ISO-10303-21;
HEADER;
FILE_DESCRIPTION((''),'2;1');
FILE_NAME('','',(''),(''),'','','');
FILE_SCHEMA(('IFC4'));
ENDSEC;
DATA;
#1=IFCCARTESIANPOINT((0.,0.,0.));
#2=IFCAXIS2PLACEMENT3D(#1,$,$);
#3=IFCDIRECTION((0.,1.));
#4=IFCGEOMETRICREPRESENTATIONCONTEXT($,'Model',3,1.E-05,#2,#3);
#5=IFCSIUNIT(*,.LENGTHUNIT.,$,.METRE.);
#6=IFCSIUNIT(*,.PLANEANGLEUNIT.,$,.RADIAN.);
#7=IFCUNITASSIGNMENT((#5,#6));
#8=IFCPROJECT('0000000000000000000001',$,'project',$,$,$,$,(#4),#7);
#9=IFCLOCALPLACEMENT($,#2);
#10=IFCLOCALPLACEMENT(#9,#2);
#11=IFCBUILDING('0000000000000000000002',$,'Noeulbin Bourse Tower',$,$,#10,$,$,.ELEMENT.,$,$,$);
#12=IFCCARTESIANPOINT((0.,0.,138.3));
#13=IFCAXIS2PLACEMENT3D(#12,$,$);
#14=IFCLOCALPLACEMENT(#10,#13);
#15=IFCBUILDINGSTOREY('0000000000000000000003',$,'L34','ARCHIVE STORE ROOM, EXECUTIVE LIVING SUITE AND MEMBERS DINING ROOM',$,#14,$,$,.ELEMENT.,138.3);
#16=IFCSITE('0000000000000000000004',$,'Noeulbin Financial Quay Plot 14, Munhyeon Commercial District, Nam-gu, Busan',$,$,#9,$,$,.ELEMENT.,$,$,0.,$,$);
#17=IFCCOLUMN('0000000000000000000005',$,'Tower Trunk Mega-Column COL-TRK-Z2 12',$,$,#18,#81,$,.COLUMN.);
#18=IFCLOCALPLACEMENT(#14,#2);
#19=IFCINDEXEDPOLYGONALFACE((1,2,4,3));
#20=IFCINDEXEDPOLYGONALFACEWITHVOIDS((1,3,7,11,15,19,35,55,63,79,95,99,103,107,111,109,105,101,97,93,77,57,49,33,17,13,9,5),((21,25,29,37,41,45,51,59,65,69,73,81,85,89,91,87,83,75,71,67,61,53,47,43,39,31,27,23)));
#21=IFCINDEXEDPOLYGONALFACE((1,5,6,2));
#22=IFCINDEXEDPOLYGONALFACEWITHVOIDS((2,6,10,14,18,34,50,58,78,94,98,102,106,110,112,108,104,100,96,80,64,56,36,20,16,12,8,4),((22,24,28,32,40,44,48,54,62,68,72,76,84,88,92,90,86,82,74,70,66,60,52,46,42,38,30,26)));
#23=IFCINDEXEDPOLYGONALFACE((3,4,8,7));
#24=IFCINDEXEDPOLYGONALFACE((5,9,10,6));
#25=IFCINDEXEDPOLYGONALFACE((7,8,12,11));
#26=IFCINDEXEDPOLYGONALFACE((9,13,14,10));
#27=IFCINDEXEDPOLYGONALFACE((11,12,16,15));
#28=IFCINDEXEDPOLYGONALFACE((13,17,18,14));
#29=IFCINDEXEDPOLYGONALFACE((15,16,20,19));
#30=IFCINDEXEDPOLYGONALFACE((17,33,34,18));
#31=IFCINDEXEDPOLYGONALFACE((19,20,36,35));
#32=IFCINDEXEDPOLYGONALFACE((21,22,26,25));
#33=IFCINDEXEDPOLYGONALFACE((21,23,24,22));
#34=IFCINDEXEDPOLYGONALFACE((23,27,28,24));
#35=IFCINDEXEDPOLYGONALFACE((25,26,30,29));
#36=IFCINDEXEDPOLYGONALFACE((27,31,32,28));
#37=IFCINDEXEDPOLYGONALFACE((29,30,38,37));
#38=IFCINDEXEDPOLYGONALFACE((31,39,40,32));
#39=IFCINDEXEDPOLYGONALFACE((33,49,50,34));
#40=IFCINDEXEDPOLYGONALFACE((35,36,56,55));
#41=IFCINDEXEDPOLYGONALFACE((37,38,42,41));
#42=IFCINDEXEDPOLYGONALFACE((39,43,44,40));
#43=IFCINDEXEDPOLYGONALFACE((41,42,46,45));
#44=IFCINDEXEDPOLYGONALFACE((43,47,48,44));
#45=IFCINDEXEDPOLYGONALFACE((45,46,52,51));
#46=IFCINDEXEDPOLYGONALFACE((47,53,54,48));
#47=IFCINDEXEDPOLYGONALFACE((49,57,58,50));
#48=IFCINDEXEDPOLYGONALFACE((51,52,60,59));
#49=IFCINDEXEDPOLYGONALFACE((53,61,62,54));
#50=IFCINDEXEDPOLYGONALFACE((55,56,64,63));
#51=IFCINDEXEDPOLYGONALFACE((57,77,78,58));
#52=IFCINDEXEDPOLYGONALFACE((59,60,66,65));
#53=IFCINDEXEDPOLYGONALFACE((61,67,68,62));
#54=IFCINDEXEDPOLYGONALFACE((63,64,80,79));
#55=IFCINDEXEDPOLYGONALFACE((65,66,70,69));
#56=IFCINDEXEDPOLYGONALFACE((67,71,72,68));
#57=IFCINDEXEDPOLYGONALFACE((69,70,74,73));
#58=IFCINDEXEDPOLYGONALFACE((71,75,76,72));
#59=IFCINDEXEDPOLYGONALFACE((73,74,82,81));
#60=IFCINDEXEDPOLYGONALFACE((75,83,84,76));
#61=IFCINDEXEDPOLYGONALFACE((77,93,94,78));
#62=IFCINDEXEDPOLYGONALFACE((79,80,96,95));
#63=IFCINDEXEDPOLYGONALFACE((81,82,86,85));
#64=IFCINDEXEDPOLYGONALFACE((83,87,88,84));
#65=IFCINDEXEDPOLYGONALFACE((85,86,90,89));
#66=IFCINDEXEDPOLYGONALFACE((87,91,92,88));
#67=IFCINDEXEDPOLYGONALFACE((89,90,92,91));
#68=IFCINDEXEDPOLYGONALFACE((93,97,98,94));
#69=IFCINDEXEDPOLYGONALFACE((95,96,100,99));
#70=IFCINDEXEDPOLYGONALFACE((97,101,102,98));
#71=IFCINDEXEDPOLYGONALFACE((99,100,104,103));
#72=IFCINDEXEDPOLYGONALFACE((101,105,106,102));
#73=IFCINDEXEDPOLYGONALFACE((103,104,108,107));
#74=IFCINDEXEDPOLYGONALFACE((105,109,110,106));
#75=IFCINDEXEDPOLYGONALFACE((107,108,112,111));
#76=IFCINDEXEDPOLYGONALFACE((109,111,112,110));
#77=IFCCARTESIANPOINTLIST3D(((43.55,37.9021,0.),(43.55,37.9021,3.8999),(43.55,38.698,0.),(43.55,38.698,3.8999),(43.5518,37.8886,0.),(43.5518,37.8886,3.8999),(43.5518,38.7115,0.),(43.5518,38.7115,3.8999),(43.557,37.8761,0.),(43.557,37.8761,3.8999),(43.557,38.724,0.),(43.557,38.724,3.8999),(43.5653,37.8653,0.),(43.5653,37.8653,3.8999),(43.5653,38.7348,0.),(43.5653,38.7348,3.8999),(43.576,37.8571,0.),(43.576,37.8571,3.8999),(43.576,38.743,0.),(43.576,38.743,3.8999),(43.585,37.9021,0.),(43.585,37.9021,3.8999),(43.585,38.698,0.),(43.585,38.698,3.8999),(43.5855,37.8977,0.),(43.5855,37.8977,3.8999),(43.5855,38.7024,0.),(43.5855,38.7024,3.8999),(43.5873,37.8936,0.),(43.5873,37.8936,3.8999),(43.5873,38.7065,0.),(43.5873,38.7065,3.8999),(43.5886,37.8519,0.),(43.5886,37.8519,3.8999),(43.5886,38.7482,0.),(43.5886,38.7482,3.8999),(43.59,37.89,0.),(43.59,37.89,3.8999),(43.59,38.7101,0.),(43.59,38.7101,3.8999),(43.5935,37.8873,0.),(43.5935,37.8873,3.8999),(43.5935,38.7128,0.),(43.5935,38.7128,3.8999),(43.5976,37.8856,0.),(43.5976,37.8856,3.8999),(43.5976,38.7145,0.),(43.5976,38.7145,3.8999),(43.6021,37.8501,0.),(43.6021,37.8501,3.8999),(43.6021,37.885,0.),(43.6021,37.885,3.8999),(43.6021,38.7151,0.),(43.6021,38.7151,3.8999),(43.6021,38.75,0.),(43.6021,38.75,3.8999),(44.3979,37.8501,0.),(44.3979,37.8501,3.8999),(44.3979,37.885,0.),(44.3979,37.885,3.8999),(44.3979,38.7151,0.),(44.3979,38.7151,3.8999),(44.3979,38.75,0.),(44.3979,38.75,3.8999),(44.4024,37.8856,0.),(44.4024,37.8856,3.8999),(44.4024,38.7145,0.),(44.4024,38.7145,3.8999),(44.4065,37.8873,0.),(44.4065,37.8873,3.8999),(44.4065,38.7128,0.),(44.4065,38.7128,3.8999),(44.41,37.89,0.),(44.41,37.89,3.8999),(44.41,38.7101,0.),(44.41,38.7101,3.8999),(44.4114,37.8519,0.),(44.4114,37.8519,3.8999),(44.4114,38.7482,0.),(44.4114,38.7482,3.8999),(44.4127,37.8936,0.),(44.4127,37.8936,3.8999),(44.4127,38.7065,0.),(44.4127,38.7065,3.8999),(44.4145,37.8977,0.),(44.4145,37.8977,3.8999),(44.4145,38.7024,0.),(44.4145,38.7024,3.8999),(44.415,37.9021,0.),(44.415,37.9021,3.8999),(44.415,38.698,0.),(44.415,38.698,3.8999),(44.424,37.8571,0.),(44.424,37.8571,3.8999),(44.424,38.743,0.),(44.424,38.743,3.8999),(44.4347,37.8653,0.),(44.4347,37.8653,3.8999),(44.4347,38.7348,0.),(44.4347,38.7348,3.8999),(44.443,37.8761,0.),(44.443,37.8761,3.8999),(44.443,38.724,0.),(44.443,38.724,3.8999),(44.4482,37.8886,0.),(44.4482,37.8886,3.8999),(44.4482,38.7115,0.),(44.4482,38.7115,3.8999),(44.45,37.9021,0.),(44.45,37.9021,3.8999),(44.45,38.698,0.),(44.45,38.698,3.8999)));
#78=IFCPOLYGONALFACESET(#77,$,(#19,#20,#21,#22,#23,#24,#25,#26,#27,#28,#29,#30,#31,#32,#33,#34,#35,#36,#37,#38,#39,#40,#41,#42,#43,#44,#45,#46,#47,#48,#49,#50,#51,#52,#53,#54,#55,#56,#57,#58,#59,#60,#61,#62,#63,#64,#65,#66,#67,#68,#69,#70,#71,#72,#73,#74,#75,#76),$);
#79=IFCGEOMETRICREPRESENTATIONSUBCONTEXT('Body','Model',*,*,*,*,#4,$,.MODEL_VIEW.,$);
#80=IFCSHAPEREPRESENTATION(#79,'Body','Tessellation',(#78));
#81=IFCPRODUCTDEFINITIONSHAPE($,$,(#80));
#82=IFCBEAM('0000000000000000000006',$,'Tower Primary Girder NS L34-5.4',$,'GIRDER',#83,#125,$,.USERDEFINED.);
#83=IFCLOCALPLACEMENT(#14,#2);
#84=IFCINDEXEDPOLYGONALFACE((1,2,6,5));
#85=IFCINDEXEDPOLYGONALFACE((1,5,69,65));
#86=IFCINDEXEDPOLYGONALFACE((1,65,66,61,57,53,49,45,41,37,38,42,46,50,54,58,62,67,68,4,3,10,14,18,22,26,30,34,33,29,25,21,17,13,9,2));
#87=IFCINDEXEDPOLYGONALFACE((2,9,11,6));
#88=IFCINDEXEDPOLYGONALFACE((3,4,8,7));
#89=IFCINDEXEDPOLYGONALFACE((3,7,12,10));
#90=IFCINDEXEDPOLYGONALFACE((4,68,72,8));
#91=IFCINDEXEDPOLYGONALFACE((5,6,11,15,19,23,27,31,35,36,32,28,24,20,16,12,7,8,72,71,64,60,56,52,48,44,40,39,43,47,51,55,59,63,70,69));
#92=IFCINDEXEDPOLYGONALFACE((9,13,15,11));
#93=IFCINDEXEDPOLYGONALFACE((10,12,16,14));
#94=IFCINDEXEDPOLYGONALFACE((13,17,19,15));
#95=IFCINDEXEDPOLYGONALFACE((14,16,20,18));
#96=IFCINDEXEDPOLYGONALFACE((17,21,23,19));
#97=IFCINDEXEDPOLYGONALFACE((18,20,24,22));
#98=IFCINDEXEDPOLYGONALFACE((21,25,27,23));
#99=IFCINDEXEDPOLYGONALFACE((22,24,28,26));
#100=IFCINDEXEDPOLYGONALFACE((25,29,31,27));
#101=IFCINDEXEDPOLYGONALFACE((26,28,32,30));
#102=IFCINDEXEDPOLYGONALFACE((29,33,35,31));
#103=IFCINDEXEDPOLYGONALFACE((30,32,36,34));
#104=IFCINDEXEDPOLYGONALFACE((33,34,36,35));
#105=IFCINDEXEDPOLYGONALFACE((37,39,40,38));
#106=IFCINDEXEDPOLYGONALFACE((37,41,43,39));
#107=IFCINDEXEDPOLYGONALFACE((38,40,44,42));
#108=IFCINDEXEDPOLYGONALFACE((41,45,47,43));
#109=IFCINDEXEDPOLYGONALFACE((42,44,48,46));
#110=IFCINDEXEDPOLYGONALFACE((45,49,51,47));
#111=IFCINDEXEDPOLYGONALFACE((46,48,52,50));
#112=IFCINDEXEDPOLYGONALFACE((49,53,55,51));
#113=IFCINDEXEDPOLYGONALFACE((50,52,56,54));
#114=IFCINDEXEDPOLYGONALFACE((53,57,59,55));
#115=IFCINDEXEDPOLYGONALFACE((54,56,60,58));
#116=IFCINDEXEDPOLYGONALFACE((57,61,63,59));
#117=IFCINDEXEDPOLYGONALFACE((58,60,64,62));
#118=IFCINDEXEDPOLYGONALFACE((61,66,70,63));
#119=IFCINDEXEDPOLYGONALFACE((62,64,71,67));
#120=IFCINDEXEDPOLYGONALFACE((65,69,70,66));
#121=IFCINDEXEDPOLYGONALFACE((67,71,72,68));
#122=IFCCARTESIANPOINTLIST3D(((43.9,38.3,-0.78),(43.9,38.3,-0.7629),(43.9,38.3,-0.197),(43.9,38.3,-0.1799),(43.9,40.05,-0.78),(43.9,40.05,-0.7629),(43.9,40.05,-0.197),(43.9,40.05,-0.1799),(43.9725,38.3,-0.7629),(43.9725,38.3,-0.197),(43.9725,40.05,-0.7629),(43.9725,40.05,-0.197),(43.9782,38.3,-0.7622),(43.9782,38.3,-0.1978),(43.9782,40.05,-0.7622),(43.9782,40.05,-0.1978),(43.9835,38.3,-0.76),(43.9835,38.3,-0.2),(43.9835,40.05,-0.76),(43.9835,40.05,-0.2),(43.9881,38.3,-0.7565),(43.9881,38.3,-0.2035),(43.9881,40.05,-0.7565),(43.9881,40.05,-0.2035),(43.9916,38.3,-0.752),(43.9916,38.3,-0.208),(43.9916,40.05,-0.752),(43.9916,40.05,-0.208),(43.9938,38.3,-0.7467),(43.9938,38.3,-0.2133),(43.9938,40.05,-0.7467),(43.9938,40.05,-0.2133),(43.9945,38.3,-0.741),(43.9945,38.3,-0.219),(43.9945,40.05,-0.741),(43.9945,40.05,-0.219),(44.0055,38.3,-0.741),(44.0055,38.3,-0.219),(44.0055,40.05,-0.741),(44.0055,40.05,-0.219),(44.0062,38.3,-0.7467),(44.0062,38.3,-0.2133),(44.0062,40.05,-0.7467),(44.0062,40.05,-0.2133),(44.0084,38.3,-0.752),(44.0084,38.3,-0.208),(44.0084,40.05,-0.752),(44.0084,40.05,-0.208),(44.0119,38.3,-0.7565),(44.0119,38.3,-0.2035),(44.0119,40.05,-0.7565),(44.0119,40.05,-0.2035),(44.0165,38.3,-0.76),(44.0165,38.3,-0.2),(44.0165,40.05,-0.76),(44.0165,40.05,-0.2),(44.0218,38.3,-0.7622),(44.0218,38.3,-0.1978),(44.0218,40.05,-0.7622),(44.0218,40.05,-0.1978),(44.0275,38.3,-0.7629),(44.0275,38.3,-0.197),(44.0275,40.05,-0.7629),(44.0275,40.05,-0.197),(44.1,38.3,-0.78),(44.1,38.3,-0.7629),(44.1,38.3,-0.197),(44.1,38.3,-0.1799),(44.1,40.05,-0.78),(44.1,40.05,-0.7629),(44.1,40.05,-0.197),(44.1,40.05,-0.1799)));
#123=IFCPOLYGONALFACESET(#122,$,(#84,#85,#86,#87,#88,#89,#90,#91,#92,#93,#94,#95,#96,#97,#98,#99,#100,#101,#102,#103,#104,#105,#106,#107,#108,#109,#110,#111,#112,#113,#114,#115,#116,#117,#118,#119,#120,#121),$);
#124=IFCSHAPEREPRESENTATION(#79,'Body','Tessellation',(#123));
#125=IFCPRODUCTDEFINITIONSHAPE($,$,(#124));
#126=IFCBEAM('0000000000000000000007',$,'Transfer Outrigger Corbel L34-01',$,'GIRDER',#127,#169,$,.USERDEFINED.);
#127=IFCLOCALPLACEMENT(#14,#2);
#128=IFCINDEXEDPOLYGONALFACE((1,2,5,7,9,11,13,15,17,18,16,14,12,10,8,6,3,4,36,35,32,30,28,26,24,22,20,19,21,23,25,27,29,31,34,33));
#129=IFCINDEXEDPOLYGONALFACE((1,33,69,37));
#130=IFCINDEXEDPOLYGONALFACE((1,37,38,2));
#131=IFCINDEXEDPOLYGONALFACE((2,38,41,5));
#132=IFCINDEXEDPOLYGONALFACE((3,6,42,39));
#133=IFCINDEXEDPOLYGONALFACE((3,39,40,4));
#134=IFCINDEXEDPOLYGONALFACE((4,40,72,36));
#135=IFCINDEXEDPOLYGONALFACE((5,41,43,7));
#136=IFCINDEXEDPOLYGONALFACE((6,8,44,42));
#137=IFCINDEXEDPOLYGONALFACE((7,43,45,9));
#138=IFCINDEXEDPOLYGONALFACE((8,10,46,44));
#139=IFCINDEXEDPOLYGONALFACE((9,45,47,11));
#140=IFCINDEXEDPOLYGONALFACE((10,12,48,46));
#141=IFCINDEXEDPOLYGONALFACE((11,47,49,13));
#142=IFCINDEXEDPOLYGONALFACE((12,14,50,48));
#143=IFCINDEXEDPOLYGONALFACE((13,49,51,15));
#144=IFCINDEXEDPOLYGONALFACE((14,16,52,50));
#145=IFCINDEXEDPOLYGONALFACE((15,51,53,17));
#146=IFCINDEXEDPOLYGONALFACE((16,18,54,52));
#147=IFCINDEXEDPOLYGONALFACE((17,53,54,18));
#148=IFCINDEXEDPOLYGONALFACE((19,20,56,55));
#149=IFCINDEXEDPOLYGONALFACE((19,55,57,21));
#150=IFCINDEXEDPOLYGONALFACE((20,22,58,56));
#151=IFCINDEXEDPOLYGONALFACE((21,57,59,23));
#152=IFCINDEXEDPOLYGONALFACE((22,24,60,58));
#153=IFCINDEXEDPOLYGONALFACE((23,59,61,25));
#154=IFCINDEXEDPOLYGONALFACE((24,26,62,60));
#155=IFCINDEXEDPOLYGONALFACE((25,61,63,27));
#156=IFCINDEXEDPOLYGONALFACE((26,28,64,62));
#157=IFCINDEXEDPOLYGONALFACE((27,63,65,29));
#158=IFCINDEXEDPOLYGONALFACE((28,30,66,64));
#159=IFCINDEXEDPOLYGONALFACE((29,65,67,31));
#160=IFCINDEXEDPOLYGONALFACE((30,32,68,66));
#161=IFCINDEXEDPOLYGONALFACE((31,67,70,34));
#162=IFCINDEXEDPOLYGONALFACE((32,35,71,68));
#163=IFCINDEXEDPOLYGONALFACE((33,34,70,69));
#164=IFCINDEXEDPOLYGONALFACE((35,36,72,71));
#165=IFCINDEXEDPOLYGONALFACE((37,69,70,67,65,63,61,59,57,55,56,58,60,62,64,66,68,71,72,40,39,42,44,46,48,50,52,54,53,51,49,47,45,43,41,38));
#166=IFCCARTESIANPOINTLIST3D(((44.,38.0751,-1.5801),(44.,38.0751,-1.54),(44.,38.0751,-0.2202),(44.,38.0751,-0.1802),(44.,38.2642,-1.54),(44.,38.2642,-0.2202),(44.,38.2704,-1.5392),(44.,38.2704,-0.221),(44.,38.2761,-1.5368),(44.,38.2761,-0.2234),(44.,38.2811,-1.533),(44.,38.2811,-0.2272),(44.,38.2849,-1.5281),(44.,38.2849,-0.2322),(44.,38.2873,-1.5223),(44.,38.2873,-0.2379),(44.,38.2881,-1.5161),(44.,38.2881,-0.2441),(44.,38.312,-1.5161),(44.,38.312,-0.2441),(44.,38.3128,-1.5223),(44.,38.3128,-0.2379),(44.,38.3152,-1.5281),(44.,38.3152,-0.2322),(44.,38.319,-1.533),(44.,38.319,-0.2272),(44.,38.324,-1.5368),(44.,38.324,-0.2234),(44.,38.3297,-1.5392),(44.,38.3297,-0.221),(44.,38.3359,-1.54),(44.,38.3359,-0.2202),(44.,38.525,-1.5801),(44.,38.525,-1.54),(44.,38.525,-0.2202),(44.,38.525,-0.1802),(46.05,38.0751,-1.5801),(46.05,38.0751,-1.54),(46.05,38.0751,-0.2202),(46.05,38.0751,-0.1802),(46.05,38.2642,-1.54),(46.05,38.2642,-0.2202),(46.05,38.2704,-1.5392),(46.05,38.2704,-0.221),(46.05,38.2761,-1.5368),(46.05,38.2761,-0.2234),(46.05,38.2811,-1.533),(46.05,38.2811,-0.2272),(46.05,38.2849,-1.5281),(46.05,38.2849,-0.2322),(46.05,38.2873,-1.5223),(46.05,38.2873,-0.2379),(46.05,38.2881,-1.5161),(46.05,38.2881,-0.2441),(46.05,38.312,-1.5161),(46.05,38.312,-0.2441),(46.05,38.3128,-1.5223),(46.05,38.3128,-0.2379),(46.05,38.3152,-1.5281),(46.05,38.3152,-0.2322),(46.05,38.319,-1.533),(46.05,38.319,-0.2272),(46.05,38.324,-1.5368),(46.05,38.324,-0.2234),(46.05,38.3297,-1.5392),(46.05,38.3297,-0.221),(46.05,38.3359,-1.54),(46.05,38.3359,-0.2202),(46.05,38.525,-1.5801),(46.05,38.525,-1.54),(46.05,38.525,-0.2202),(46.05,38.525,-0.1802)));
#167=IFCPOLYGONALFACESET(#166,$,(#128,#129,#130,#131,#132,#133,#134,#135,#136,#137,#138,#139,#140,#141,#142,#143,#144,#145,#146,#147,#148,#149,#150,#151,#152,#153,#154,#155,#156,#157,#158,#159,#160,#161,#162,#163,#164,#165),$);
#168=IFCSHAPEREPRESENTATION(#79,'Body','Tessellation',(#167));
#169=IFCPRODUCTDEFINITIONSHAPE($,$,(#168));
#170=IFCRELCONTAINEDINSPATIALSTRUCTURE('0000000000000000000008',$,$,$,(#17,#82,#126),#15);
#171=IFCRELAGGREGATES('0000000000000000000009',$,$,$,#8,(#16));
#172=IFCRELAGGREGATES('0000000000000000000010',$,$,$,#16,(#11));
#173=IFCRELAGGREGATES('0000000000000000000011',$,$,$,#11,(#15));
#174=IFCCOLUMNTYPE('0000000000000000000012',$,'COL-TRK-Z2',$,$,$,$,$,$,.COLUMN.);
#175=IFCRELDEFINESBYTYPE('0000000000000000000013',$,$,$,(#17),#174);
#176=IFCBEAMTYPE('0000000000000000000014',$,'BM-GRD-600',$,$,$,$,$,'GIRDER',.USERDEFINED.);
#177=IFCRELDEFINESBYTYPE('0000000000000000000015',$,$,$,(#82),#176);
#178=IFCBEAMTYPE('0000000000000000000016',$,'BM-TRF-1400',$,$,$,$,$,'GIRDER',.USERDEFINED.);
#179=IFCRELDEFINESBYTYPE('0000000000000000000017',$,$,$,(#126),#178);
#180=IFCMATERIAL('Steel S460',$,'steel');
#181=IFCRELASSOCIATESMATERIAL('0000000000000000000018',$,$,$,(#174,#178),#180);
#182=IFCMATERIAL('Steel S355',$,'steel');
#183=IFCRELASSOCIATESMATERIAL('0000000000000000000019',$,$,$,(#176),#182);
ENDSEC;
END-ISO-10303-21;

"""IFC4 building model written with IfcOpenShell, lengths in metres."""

from ifc_helpers import new_model, si_unit, direction, frame, origin, origin_2d, place, context, subcontext, project, spatial, hollow_rectangle, i_section, extrude, material, material_profile, profile_set, type_object, element, save


model = new_model("IFC4")

# Units and contexts
model_context = context("Model", 3, precision=1e-05, world=origin(), true_north=direction((0.0, 1.0)))
body_context = subcontext(model_context, "Body", "Model", "MODEL_VIEW")
ifc_project = project(units=[si_unit("LENGTHUNIT", "METRE"), si_unit("PLANEANGLEUNIT", "RADIAN")], contexts=[model_context])

# Site, building, storey
site_placement = place(None, origin())
site = spatial("IfcSite", under=ifc_project, at=site_placement, Name="Noeulbin Financial Quay Plot 14, Munhyeon Commercial District, Nam-gu, Busan", CompositionType="ELEMENT", RefElevation=0.0)
building_placement = place(site_placement, origin())
building = spatial("IfcBuilding", under=site, at=building_placement, Name="Noeulbin Bourse Tower", CompositionType="ELEMENT")
storey_placement = place(building_placement, frame((0.0, 0.0, 138.3)))
storey = spatial("IfcBuildingStorey", under=building, at=storey_placement, Name="L34", Description="ARCHIVE STORE ROOM, EXECUTIVE LIVING SUITE AND MEMBERS DINING ROOM", CompositionType="ELEMENT", Elevation=138.3)

# Column
ifc_material_1 = material(Name="Steel S355", Category="steel")
ifc_material_2 = material(Name="Steel S460", Category="steel")
ifc_material_profile_1 = material_profile(ifc_material_2, hollow_rectangle(XDim=0.8999, YDim=0.8999, WallThickness=0.0349, InnerFilletRadius=0.0171, OuterFilletRadius=0.052, at=origin_2d()), Name="BOX-900x900x35", Category="LoadBearing")
ifc_profile_set_1 = profile_set([ifc_material_profile_1], Name="Steel S460")
column_type_1 = type_object("IfcColumnType", Name="COL-TRK-Z2", PredefinedType="COLUMN", material=ifc_profile_set_1)
column_1_placement = place(storey_placement, frame((44.0, 38.3, 0.0), z_axis=(0.0, 0.0, 1.0), x_axis=(1.0, 0.0, 0.0)))
element("IfcColumn", 1, at=column_1_placement, inside=storey, type_object=column_type_1, Name="Tower Trunk Mega-Column COL-TRK-Z2 12", PredefinedType="COLUMN", context=body_context, shape_type="SweptSolid", body=[
    extrude(hollow_rectangle(XDim=0.8999, YDim=0.8999, WallThickness=0.0349, InnerFilletRadius=0.0171, OuterFilletRadius=0.052, at=origin_2d()), origin(), (0.0, 0.0, 1.0), 3.8999),
])

# Beams
ifc_material_profile_2 = material_profile(ifc_material_1, i_section(OverallWidth=0.2, OverallDepth=0.6001, WebThickness=0.011, FlangeThickness=0.0171, FilletRadius=0.022, at=origin_2d()), Name="H-600x200x11x17", Category="LoadBearing")
ifc_profile_set_2 = profile_set([ifc_material_profile_2], Name="Steel S355")
beam_type_1 = type_object("IfcBeamType", Name="BM-GRD-600", ElementType="GIRDER", PredefinedType="USERDEFINED", material=ifc_profile_set_2)
beam_placement = place(storey_placement, frame((44.0, 38.3, -0.48), z_axis=(0.0, 1.0, 0.0), x_axis=(-1.0, 0.0, 0.0)))
element("IfcBeam", 2, at=beam_placement, inside=storey, type_object=beam_type_1, Name="Tower Primary Girder NS L34-5.4", ObjectType="GIRDER", PredefinedType="USERDEFINED", context=body_context, shape_type="SweptSolid", body=[
    extrude(i_section(OverallWidth=0.2, OverallDepth=0.6001, WebThickness=0.011, FlangeThickness=0.0171, FilletRadius=0.022, at=origin_2d()), origin(), (0.0, 0.0, 1.0), 1.75),
])
ifc_material_profile_3 = material_profile(ifc_material_2, i_section(OverallWidth=0.45, OverallDepth=1.3999, WebThickness=0.0239, FlangeThickness=0.04, FilletRadius=0.0239, at=origin_2d()), Name="PG-1400x450x24x40", Category="LoadBearing")
ifc_profile_set_3 = profile_set([ifc_material_profile_3], Name="Steel S460")
beam_type_2 = type_object("IfcBeamType", Name="BM-TRF-1400", ElementType="GIRDER", PredefinedType="USERDEFINED", material=ifc_profile_set_3)
for number, where, z_axis, x_axis, name in (
    (3, (44.0, 38.3, -0.8801), (1.0, 0.0, 0.0), (0.0, 1.0, 0.0), "Transfer Outrigger Corbel L34-01"),
):
    element("IfcBeam", number, at=place(storey_placement, frame(where, z_axis=z_axis, x_axis=x_axis)), inside=storey, type_object=beam_type_2, Name=name, ObjectType="GIRDER", PredefinedType="USERDEFINED", context=body_context, shape_type="SweptSolid", body=[
        extrude(i_section(OverallWidth=0.45, OverallDepth=1.3999, WebThickness=0.0239, FlangeThickness=0.04, FilletRadius=0.0239, at=origin_2d()), origin(), (0.0, 0.0, 1.0), 2.05),
    ])

save(model, "model.ifc")
